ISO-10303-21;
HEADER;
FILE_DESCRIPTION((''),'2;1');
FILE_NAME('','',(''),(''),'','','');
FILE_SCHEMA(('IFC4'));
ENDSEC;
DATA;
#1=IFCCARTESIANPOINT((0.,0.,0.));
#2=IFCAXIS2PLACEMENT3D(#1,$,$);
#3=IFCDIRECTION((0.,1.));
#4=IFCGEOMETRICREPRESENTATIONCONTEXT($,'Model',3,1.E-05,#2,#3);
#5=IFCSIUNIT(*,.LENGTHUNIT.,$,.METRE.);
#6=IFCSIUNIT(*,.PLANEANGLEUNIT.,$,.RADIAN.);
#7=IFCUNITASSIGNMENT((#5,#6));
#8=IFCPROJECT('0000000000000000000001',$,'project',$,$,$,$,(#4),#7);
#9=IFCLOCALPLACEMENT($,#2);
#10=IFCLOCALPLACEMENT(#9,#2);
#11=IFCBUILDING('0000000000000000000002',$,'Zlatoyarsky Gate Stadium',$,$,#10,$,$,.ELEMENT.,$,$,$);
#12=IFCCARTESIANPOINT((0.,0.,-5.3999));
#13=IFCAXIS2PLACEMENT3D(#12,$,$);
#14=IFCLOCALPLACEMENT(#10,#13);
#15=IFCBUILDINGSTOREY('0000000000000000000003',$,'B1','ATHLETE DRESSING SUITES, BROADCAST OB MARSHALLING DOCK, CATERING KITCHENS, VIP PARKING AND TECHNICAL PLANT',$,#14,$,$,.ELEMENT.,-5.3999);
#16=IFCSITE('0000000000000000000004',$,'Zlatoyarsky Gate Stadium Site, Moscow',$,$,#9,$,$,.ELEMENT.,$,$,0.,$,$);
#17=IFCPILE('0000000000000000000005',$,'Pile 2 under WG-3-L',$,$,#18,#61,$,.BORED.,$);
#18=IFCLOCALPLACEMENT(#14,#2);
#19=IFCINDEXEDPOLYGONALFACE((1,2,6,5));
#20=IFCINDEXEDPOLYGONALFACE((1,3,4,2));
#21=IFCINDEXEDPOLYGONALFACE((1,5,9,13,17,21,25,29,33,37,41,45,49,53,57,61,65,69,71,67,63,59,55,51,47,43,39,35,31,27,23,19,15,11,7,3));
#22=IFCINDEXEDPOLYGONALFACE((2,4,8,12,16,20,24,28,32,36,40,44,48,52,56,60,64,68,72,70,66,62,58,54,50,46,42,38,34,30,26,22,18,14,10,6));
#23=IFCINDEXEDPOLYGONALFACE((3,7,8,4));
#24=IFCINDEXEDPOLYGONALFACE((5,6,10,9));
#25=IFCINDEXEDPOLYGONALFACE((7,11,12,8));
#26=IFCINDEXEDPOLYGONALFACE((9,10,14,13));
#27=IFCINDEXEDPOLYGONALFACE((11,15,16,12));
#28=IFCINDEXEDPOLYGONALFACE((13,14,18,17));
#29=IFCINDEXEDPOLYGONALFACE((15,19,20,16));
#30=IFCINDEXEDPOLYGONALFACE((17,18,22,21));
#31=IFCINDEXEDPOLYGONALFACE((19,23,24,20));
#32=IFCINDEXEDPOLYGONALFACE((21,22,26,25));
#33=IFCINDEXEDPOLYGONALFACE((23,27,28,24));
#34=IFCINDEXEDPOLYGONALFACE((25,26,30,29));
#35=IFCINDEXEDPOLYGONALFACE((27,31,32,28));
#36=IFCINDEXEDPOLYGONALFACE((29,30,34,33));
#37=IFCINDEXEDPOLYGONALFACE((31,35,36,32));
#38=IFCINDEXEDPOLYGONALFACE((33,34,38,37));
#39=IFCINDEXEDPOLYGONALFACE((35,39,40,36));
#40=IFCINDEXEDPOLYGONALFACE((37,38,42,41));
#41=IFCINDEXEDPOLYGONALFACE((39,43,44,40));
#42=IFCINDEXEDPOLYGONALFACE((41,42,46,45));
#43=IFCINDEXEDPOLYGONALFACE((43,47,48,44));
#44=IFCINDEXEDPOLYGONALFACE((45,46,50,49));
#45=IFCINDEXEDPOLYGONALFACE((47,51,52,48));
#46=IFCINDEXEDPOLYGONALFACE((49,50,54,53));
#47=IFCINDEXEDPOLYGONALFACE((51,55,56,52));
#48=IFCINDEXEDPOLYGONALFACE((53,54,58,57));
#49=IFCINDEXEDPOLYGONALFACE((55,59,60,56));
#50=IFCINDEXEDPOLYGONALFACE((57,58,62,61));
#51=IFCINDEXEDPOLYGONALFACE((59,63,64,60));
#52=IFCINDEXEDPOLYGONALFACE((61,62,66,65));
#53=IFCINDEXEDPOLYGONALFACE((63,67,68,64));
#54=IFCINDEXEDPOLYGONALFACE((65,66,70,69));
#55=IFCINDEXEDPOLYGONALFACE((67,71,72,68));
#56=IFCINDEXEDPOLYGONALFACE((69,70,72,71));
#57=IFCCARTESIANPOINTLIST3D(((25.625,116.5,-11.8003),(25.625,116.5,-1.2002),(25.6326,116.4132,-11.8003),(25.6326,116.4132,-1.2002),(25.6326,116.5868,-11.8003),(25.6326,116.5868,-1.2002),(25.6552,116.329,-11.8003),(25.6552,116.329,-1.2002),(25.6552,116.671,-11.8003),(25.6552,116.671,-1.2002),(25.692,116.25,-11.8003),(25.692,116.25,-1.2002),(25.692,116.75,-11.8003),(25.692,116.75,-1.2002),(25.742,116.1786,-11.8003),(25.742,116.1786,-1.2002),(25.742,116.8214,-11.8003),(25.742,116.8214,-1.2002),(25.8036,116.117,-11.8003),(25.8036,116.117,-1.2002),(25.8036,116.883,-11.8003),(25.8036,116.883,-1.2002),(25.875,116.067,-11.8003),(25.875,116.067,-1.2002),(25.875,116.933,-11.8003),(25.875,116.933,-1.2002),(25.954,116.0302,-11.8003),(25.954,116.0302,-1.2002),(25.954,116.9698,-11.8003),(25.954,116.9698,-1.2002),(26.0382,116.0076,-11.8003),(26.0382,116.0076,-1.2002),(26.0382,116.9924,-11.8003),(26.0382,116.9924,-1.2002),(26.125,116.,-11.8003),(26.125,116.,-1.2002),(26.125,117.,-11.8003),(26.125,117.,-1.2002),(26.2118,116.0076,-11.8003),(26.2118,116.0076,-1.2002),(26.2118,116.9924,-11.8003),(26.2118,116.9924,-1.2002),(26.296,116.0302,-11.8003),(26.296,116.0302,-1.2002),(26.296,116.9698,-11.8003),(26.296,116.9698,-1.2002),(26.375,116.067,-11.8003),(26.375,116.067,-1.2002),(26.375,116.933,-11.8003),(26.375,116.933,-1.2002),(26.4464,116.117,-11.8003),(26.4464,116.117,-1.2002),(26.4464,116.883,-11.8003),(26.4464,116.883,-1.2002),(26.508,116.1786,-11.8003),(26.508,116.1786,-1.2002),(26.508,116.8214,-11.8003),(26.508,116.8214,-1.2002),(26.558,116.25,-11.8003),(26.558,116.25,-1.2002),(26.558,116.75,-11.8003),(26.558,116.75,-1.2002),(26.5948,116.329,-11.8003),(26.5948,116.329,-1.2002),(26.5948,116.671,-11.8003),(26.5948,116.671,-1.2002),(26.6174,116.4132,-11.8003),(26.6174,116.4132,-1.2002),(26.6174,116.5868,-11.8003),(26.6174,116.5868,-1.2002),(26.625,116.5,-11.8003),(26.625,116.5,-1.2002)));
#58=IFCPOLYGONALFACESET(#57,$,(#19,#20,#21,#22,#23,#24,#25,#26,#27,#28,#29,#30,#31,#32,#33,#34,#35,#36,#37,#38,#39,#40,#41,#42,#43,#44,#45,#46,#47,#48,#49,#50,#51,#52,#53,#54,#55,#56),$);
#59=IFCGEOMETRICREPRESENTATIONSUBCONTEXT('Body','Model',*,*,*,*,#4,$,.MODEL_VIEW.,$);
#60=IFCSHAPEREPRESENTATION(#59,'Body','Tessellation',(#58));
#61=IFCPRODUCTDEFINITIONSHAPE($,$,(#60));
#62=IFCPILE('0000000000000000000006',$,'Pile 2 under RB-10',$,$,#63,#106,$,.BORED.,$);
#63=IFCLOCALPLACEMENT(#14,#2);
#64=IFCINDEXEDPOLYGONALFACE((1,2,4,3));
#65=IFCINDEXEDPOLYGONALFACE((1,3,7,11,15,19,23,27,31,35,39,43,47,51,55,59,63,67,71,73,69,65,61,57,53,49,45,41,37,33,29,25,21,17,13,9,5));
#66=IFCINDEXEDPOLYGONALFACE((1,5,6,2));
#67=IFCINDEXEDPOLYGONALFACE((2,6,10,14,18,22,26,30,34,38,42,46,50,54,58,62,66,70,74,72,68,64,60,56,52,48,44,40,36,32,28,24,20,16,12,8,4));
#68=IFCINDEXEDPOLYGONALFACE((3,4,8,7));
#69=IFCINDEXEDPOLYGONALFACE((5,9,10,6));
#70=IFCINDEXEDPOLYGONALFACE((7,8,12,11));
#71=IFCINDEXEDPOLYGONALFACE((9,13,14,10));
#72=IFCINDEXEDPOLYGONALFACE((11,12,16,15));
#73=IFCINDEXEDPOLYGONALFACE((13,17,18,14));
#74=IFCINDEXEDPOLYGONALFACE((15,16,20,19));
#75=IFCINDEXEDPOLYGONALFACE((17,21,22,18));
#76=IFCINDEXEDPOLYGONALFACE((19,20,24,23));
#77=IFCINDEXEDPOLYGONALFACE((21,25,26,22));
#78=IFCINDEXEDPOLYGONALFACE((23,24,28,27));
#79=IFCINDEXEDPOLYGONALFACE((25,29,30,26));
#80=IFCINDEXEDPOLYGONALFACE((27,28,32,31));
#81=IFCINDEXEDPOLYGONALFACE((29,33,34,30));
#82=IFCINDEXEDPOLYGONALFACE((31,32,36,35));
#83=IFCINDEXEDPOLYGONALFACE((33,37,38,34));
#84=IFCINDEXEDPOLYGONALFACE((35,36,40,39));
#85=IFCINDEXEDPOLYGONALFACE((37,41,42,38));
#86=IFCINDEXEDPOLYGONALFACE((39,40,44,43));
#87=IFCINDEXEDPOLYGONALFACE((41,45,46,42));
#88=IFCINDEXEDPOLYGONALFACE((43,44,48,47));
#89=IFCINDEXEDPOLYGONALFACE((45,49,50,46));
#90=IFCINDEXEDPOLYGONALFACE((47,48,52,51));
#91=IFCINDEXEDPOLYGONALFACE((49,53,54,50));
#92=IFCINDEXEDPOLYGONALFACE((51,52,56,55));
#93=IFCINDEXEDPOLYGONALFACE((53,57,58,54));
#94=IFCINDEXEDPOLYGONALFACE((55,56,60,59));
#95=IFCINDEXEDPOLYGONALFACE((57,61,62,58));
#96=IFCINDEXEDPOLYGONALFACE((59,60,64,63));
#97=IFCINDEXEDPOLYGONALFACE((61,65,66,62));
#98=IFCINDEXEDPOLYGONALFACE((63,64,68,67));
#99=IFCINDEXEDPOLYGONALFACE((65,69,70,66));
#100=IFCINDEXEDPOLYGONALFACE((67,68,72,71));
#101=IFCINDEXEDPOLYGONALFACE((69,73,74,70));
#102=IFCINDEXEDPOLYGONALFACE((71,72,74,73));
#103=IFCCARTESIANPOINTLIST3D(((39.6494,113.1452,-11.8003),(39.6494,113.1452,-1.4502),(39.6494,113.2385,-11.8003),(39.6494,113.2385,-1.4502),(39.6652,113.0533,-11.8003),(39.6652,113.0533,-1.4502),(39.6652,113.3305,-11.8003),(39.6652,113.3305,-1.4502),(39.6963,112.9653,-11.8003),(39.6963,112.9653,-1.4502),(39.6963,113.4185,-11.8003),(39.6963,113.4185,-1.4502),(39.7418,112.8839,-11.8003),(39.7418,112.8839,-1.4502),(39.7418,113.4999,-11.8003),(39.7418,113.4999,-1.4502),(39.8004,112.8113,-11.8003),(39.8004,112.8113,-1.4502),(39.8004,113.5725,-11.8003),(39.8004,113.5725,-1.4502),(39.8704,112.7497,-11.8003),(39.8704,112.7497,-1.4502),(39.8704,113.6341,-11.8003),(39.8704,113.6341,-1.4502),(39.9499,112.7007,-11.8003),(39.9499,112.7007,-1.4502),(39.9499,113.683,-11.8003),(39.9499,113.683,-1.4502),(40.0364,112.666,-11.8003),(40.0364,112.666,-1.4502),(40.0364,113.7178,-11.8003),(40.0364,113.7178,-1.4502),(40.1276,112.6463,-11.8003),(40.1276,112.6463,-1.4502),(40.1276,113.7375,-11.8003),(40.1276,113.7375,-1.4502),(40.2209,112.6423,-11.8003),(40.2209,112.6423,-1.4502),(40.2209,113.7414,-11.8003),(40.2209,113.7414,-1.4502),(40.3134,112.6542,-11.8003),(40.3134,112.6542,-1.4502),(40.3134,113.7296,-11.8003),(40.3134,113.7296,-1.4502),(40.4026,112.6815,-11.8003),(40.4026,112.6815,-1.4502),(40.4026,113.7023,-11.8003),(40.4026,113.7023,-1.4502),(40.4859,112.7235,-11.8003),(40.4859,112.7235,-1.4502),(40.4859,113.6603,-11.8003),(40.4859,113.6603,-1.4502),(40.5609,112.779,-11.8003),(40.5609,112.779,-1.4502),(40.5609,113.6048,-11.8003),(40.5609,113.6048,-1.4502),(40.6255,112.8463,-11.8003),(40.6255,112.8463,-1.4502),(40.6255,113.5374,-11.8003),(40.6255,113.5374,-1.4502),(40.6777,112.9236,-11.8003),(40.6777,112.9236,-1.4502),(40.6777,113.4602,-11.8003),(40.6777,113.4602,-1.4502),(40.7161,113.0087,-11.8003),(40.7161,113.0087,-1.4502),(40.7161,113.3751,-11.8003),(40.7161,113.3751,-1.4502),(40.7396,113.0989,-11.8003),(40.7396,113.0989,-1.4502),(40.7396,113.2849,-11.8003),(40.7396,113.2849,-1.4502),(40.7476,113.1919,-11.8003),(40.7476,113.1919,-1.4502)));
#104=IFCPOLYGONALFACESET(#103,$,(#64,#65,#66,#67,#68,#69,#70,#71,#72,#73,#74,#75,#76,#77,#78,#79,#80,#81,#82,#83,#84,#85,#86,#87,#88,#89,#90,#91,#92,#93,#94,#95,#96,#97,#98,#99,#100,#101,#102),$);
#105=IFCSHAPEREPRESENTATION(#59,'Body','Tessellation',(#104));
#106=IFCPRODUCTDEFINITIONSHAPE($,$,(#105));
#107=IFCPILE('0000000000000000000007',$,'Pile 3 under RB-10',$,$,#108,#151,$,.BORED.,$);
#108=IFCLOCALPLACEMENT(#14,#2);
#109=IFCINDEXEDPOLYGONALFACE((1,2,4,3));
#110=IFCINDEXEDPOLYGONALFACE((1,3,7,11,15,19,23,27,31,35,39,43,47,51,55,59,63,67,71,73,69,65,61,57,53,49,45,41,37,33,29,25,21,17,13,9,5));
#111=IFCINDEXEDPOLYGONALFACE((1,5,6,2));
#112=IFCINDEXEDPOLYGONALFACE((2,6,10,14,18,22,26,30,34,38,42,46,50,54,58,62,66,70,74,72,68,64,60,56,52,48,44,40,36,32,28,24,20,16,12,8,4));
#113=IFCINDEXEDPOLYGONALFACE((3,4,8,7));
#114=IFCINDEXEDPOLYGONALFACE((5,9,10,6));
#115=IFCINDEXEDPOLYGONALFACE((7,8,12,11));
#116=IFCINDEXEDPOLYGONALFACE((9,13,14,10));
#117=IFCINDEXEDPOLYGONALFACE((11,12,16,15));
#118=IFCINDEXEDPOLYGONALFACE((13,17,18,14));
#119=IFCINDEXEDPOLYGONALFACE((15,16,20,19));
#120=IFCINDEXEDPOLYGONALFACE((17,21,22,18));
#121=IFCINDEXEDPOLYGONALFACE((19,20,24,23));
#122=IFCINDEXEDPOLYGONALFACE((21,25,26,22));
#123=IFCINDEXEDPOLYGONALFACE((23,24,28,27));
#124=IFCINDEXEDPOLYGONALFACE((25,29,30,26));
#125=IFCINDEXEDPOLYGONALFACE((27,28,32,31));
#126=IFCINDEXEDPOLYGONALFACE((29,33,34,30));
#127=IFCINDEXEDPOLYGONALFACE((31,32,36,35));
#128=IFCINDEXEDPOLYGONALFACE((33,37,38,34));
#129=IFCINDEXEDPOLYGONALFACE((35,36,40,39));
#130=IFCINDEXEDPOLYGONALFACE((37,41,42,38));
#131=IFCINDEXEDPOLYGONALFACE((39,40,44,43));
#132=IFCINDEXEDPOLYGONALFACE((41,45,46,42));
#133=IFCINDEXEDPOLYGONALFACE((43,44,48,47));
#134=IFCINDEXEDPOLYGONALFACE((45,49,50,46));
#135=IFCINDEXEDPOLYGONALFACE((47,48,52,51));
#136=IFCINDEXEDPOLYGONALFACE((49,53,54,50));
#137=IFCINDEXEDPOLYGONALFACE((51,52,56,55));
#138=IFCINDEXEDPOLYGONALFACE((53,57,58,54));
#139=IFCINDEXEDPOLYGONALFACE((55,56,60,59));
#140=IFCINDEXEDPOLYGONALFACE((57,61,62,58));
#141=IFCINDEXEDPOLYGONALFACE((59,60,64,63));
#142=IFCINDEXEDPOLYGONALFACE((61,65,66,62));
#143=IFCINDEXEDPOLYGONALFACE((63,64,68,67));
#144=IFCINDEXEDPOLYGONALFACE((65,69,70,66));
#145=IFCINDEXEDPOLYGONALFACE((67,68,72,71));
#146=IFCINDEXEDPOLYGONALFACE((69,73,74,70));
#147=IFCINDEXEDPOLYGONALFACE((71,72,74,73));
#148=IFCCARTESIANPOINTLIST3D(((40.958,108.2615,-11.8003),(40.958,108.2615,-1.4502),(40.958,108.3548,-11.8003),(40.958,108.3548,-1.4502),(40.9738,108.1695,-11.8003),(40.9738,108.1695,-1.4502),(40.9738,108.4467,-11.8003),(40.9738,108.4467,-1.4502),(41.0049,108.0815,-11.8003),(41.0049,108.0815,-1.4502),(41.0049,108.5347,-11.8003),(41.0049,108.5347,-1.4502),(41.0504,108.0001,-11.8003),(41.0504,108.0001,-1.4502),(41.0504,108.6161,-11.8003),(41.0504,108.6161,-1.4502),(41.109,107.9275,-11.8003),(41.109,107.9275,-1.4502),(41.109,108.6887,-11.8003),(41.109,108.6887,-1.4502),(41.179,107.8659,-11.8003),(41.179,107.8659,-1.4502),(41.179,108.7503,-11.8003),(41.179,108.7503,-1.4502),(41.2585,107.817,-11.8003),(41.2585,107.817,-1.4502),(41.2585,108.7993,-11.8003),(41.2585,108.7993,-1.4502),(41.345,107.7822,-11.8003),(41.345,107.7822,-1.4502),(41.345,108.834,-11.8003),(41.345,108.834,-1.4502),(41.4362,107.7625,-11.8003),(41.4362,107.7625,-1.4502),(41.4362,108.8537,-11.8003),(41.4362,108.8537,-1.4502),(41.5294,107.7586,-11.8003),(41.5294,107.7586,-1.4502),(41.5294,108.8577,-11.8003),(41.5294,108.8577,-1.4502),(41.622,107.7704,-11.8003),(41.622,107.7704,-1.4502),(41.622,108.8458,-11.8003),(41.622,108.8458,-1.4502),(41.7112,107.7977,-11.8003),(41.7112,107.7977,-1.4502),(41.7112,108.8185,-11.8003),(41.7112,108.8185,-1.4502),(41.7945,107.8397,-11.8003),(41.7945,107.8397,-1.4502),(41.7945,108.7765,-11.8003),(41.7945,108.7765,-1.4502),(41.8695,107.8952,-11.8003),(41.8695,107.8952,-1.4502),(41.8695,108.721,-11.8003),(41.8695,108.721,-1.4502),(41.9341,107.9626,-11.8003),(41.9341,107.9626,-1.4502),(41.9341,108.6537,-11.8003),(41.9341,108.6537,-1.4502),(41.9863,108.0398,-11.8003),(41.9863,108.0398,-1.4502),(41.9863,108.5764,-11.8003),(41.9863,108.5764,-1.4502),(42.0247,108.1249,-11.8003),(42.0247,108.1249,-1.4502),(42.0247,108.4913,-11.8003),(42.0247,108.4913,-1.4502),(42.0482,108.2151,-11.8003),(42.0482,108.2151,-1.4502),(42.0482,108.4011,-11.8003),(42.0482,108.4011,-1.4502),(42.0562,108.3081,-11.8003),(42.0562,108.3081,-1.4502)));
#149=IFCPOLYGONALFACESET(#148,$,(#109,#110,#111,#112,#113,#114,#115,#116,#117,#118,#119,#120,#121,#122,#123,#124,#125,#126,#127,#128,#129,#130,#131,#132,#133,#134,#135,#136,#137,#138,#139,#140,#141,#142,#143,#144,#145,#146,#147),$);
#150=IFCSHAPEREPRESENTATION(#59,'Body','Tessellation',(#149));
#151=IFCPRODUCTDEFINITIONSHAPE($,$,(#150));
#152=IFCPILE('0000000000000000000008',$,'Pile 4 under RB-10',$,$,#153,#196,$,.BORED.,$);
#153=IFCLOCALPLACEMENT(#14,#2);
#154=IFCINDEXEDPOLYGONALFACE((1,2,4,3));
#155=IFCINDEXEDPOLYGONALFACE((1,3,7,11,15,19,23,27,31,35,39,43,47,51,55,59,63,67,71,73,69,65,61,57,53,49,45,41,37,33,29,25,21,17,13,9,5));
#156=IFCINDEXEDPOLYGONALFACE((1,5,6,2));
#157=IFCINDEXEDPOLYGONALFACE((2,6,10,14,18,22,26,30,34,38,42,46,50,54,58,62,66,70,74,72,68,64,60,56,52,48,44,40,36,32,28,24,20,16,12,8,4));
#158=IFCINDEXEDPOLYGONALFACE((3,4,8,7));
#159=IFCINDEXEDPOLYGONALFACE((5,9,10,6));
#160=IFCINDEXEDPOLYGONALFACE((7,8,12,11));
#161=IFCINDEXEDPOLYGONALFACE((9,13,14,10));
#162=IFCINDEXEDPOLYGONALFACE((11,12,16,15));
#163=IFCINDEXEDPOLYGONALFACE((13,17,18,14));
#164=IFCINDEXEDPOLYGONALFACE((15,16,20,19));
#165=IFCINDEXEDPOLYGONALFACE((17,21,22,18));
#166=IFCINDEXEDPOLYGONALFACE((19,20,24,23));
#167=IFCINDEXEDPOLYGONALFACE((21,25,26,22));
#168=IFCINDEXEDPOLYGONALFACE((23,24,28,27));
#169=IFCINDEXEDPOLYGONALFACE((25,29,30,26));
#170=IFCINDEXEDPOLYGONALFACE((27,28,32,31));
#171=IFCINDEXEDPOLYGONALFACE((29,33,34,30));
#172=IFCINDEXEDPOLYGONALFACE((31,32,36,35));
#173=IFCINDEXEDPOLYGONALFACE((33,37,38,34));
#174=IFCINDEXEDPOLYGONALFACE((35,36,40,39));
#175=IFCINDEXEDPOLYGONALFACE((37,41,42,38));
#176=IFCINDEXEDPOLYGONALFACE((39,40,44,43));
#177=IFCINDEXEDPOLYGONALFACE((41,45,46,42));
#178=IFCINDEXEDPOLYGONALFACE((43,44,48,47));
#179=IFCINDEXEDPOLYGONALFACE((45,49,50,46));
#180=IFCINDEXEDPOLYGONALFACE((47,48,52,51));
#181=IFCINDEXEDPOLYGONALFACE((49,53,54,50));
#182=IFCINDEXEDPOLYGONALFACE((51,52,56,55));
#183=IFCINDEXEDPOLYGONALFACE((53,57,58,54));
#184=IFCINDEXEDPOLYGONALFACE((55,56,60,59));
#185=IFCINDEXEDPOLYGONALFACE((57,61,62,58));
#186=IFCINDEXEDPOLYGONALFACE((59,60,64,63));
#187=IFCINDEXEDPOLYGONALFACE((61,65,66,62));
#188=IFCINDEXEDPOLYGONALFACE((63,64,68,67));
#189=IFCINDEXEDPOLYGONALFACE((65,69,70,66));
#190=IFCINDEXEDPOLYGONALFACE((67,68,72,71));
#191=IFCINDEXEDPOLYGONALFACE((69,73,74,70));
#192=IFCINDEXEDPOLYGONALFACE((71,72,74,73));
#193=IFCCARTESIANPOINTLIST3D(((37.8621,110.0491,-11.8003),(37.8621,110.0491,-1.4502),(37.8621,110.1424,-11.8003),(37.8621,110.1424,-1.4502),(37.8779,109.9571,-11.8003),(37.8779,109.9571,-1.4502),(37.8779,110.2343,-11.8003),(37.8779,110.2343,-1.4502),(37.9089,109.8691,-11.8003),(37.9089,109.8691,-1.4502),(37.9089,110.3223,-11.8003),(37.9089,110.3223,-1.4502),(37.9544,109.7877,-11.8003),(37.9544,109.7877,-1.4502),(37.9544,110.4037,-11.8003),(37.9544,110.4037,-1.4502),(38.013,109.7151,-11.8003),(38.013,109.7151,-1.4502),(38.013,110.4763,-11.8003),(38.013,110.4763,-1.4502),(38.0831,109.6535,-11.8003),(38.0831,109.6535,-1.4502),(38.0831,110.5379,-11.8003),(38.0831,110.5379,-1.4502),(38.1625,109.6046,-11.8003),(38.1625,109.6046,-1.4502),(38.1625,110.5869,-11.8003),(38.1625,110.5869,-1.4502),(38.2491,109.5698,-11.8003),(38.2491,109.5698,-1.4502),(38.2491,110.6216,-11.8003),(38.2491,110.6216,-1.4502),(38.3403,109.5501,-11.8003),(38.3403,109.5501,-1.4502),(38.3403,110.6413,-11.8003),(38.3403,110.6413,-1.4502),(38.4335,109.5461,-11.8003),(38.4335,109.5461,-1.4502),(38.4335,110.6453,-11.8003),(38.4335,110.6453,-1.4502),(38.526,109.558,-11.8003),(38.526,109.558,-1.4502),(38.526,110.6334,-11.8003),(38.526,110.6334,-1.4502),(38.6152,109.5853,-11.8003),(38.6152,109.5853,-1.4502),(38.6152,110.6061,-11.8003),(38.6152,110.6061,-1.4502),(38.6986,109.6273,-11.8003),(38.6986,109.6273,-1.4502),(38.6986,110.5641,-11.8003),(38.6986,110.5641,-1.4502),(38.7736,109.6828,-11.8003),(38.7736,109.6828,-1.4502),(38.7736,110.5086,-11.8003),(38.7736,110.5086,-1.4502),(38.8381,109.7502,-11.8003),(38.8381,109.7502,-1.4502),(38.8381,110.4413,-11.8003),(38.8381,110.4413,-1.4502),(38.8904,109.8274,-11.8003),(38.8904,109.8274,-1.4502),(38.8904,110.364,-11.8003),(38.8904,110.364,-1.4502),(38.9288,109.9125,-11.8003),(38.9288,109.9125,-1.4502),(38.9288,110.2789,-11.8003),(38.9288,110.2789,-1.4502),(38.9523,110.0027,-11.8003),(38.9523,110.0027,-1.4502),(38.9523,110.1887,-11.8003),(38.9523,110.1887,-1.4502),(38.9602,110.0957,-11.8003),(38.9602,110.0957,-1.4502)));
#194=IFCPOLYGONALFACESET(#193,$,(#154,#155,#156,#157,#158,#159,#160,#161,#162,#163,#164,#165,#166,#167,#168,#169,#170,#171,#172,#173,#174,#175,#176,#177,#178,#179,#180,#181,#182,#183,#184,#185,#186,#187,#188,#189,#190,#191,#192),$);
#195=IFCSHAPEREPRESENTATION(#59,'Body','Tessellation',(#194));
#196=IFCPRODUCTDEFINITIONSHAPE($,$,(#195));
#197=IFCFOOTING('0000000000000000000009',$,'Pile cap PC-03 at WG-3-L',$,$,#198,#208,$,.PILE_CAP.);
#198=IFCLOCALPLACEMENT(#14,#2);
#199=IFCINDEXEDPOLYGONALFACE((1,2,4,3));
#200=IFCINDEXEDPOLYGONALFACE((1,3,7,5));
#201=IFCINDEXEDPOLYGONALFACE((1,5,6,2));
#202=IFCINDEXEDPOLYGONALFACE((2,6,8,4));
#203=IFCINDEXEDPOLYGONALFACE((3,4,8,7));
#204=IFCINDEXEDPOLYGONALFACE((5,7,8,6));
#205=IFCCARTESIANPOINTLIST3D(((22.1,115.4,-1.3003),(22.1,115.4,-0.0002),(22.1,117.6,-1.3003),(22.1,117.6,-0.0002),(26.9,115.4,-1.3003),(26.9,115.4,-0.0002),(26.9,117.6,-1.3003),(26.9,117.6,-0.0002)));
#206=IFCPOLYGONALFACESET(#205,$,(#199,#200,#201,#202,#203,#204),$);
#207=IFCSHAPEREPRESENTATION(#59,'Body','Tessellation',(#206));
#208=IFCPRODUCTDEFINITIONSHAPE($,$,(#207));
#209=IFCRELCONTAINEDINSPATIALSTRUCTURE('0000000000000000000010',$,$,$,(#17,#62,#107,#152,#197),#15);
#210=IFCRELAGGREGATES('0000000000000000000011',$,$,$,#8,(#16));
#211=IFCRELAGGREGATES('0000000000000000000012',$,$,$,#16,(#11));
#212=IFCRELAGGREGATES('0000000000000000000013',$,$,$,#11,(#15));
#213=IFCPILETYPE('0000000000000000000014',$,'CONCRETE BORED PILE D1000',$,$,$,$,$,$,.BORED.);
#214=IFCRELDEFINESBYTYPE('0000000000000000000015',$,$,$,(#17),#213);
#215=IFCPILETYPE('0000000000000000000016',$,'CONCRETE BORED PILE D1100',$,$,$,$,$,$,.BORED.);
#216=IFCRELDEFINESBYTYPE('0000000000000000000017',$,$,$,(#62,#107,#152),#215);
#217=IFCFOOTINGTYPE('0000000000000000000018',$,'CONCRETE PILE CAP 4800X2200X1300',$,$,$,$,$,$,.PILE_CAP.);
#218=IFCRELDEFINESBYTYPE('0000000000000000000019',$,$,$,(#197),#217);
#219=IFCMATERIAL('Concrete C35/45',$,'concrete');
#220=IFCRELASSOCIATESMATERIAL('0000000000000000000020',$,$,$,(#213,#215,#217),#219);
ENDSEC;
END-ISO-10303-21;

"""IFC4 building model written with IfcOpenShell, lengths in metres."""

from ifc_helpers import new_model, si_unit, direction, frame, origin, origin_2d, place, context, subcontext, project, spatial, rectangle, circle, extrude, material, material_profile, profile_set, type_object, element, save


model = new_model("IFC4")

# Units and contexts
model_context = context("Model", 3, precision=1e-05, world=origin(), true_north=direction((0.0, 1.0)))
body_context = subcontext(model_context, "Body", "Model", "MODEL_VIEW")
ifc_project = project(units=[si_unit("LENGTHUNIT", "METRE"), si_unit("PLANEANGLEUNIT", "RADIAN")], contexts=[model_context])

# Site, building, storey
site_placement = place(None, origin())
site = spatial("IfcSite", under=ifc_project, at=site_placement, Name="Zlatoyarsky Gate Stadium Site, Moscow", CompositionType="ELEMENT", RefElevation=0.0)
building_placement = place(site_placement, origin())
building = spatial("IfcBuilding", under=site, at=building_placement, Name="Zlatoyarsky Gate Stadium", CompositionType="ELEMENT")
storey_placement = place(building_placement, frame((0.0, 0.0, -5.3999)))
storey = spatial("IfcBuildingStorey", under=building, at=storey_placement, Name="B1", Description="ATHLETE DRESSING SUITES, BROADCAST OB MARSHALLING DOCK, CATERING KITCHENS, VIP PARKING AND TECHNICAL PLANT", CompositionType="ELEMENT", Elevation=-5.3999)

# Piles
ifc_material_1 = material(Name="Concrete C35/45", Category="concrete")
ifc_material_profile_1 = material_profile(ifc_material_1, circle(Radius=0.5, at=origin_2d()), Name="BORED PILE D1000")
ifc_profile_set_1 = profile_set([ifc_material_profile_1], Name="Concrete C35/45")
pile_type_1 = type_object("IfcPileType", Name="CONCRETE BORED PILE D1000", PredefinedType="BORED", material=ifc_profile_set_1)
pile_placement = place(storey_placement, frame((26.125, 116.5, -1.2002), z_axis=(0.0, 0.0, -1.0), x_axis=(1.0, 0.0, 0.0)))
element("IfcPile", 1, at=pile_placement, inside=storey, type_object=pile_type_1, Name="Pile 2 under WG-3-L", PredefinedType="BORED", context=body_context, shape_type="SweptSolid", body=[
    extrude(circle(Radius=0.5, at=origin_2d()), origin(), (0.0, 0.0, 1.0), 10.6001),
])
ifc_material_profile_2 = material_profile(ifc_material_1, circle(Radius=0.55, at=origin_2d()), Name="BORED PILE D1100")
ifc_profile_set_2 = profile_set([ifc_material_profile_2], Name="Concrete C35/45")
pile_type_2 = type_object("IfcPileType", Name="CONCRETE BORED PILE D1100", PredefinedType="BORED", material=ifc_profile_set_2)
for number, where, z_axis, x_axis, name in (
    (2, (40.1975, 113.1919, -1.4502), (0.0, 0.0, -1.0), (1.0, 0.0, 0.0), "Pile 2 under RB-10"),
    (3, (41.5061, 108.3081, -1.4502), (0.0, 0.0, -1.0), (1.0, 0.0, 0.0), "Pile 3 under RB-10"),
    (4, (38.4102, 110.0957, -1.4502), (0.0, 0.0, -1.0), (1.0, 0.0, 0.0), "Pile 4 under RB-10"),
):
    element("IfcPile", number, at=place(storey_placement, frame(where, z_axis=z_axis, x_axis=x_axis)), inside=storey, type_object=pile_type_2, Name=name, PredefinedType="BORED", context=body_context, shape_type="SweptSolid", body=[
        extrude(circle(Radius=0.55, at=origin_2d()), origin(), (0.0, 0.0, 1.0), 10.3501),
    ])

# Footing
footing_type_1 = type_object("IfcFootingType", Name="CONCRETE PILE CAP 4800X2200X1300", PredefinedType="PILE_CAP", material=ifc_material_1)
footing_1_placement = place(storey_placement, frame((24.5, 116.5, -1.3003), z_axis=(0.0, 0.0, 1.0), x_axis=(1.0, 0.0, 0.0)))
element("IfcFooting", 5, at=footing_1_placement, inside=storey, type_object=footing_type_1, Name="Pile cap PC-03 at WG-3-L", PredefinedType="PILE_CAP", context=body_context, shape_type="SweptSolid", body=[
    extrude(rectangle(XDim=4.8, YDim=2.2, at=origin_2d()), origin(), (0.0, 0.0, 1.0), 1.3),
])

save(model, "model.ifc")
